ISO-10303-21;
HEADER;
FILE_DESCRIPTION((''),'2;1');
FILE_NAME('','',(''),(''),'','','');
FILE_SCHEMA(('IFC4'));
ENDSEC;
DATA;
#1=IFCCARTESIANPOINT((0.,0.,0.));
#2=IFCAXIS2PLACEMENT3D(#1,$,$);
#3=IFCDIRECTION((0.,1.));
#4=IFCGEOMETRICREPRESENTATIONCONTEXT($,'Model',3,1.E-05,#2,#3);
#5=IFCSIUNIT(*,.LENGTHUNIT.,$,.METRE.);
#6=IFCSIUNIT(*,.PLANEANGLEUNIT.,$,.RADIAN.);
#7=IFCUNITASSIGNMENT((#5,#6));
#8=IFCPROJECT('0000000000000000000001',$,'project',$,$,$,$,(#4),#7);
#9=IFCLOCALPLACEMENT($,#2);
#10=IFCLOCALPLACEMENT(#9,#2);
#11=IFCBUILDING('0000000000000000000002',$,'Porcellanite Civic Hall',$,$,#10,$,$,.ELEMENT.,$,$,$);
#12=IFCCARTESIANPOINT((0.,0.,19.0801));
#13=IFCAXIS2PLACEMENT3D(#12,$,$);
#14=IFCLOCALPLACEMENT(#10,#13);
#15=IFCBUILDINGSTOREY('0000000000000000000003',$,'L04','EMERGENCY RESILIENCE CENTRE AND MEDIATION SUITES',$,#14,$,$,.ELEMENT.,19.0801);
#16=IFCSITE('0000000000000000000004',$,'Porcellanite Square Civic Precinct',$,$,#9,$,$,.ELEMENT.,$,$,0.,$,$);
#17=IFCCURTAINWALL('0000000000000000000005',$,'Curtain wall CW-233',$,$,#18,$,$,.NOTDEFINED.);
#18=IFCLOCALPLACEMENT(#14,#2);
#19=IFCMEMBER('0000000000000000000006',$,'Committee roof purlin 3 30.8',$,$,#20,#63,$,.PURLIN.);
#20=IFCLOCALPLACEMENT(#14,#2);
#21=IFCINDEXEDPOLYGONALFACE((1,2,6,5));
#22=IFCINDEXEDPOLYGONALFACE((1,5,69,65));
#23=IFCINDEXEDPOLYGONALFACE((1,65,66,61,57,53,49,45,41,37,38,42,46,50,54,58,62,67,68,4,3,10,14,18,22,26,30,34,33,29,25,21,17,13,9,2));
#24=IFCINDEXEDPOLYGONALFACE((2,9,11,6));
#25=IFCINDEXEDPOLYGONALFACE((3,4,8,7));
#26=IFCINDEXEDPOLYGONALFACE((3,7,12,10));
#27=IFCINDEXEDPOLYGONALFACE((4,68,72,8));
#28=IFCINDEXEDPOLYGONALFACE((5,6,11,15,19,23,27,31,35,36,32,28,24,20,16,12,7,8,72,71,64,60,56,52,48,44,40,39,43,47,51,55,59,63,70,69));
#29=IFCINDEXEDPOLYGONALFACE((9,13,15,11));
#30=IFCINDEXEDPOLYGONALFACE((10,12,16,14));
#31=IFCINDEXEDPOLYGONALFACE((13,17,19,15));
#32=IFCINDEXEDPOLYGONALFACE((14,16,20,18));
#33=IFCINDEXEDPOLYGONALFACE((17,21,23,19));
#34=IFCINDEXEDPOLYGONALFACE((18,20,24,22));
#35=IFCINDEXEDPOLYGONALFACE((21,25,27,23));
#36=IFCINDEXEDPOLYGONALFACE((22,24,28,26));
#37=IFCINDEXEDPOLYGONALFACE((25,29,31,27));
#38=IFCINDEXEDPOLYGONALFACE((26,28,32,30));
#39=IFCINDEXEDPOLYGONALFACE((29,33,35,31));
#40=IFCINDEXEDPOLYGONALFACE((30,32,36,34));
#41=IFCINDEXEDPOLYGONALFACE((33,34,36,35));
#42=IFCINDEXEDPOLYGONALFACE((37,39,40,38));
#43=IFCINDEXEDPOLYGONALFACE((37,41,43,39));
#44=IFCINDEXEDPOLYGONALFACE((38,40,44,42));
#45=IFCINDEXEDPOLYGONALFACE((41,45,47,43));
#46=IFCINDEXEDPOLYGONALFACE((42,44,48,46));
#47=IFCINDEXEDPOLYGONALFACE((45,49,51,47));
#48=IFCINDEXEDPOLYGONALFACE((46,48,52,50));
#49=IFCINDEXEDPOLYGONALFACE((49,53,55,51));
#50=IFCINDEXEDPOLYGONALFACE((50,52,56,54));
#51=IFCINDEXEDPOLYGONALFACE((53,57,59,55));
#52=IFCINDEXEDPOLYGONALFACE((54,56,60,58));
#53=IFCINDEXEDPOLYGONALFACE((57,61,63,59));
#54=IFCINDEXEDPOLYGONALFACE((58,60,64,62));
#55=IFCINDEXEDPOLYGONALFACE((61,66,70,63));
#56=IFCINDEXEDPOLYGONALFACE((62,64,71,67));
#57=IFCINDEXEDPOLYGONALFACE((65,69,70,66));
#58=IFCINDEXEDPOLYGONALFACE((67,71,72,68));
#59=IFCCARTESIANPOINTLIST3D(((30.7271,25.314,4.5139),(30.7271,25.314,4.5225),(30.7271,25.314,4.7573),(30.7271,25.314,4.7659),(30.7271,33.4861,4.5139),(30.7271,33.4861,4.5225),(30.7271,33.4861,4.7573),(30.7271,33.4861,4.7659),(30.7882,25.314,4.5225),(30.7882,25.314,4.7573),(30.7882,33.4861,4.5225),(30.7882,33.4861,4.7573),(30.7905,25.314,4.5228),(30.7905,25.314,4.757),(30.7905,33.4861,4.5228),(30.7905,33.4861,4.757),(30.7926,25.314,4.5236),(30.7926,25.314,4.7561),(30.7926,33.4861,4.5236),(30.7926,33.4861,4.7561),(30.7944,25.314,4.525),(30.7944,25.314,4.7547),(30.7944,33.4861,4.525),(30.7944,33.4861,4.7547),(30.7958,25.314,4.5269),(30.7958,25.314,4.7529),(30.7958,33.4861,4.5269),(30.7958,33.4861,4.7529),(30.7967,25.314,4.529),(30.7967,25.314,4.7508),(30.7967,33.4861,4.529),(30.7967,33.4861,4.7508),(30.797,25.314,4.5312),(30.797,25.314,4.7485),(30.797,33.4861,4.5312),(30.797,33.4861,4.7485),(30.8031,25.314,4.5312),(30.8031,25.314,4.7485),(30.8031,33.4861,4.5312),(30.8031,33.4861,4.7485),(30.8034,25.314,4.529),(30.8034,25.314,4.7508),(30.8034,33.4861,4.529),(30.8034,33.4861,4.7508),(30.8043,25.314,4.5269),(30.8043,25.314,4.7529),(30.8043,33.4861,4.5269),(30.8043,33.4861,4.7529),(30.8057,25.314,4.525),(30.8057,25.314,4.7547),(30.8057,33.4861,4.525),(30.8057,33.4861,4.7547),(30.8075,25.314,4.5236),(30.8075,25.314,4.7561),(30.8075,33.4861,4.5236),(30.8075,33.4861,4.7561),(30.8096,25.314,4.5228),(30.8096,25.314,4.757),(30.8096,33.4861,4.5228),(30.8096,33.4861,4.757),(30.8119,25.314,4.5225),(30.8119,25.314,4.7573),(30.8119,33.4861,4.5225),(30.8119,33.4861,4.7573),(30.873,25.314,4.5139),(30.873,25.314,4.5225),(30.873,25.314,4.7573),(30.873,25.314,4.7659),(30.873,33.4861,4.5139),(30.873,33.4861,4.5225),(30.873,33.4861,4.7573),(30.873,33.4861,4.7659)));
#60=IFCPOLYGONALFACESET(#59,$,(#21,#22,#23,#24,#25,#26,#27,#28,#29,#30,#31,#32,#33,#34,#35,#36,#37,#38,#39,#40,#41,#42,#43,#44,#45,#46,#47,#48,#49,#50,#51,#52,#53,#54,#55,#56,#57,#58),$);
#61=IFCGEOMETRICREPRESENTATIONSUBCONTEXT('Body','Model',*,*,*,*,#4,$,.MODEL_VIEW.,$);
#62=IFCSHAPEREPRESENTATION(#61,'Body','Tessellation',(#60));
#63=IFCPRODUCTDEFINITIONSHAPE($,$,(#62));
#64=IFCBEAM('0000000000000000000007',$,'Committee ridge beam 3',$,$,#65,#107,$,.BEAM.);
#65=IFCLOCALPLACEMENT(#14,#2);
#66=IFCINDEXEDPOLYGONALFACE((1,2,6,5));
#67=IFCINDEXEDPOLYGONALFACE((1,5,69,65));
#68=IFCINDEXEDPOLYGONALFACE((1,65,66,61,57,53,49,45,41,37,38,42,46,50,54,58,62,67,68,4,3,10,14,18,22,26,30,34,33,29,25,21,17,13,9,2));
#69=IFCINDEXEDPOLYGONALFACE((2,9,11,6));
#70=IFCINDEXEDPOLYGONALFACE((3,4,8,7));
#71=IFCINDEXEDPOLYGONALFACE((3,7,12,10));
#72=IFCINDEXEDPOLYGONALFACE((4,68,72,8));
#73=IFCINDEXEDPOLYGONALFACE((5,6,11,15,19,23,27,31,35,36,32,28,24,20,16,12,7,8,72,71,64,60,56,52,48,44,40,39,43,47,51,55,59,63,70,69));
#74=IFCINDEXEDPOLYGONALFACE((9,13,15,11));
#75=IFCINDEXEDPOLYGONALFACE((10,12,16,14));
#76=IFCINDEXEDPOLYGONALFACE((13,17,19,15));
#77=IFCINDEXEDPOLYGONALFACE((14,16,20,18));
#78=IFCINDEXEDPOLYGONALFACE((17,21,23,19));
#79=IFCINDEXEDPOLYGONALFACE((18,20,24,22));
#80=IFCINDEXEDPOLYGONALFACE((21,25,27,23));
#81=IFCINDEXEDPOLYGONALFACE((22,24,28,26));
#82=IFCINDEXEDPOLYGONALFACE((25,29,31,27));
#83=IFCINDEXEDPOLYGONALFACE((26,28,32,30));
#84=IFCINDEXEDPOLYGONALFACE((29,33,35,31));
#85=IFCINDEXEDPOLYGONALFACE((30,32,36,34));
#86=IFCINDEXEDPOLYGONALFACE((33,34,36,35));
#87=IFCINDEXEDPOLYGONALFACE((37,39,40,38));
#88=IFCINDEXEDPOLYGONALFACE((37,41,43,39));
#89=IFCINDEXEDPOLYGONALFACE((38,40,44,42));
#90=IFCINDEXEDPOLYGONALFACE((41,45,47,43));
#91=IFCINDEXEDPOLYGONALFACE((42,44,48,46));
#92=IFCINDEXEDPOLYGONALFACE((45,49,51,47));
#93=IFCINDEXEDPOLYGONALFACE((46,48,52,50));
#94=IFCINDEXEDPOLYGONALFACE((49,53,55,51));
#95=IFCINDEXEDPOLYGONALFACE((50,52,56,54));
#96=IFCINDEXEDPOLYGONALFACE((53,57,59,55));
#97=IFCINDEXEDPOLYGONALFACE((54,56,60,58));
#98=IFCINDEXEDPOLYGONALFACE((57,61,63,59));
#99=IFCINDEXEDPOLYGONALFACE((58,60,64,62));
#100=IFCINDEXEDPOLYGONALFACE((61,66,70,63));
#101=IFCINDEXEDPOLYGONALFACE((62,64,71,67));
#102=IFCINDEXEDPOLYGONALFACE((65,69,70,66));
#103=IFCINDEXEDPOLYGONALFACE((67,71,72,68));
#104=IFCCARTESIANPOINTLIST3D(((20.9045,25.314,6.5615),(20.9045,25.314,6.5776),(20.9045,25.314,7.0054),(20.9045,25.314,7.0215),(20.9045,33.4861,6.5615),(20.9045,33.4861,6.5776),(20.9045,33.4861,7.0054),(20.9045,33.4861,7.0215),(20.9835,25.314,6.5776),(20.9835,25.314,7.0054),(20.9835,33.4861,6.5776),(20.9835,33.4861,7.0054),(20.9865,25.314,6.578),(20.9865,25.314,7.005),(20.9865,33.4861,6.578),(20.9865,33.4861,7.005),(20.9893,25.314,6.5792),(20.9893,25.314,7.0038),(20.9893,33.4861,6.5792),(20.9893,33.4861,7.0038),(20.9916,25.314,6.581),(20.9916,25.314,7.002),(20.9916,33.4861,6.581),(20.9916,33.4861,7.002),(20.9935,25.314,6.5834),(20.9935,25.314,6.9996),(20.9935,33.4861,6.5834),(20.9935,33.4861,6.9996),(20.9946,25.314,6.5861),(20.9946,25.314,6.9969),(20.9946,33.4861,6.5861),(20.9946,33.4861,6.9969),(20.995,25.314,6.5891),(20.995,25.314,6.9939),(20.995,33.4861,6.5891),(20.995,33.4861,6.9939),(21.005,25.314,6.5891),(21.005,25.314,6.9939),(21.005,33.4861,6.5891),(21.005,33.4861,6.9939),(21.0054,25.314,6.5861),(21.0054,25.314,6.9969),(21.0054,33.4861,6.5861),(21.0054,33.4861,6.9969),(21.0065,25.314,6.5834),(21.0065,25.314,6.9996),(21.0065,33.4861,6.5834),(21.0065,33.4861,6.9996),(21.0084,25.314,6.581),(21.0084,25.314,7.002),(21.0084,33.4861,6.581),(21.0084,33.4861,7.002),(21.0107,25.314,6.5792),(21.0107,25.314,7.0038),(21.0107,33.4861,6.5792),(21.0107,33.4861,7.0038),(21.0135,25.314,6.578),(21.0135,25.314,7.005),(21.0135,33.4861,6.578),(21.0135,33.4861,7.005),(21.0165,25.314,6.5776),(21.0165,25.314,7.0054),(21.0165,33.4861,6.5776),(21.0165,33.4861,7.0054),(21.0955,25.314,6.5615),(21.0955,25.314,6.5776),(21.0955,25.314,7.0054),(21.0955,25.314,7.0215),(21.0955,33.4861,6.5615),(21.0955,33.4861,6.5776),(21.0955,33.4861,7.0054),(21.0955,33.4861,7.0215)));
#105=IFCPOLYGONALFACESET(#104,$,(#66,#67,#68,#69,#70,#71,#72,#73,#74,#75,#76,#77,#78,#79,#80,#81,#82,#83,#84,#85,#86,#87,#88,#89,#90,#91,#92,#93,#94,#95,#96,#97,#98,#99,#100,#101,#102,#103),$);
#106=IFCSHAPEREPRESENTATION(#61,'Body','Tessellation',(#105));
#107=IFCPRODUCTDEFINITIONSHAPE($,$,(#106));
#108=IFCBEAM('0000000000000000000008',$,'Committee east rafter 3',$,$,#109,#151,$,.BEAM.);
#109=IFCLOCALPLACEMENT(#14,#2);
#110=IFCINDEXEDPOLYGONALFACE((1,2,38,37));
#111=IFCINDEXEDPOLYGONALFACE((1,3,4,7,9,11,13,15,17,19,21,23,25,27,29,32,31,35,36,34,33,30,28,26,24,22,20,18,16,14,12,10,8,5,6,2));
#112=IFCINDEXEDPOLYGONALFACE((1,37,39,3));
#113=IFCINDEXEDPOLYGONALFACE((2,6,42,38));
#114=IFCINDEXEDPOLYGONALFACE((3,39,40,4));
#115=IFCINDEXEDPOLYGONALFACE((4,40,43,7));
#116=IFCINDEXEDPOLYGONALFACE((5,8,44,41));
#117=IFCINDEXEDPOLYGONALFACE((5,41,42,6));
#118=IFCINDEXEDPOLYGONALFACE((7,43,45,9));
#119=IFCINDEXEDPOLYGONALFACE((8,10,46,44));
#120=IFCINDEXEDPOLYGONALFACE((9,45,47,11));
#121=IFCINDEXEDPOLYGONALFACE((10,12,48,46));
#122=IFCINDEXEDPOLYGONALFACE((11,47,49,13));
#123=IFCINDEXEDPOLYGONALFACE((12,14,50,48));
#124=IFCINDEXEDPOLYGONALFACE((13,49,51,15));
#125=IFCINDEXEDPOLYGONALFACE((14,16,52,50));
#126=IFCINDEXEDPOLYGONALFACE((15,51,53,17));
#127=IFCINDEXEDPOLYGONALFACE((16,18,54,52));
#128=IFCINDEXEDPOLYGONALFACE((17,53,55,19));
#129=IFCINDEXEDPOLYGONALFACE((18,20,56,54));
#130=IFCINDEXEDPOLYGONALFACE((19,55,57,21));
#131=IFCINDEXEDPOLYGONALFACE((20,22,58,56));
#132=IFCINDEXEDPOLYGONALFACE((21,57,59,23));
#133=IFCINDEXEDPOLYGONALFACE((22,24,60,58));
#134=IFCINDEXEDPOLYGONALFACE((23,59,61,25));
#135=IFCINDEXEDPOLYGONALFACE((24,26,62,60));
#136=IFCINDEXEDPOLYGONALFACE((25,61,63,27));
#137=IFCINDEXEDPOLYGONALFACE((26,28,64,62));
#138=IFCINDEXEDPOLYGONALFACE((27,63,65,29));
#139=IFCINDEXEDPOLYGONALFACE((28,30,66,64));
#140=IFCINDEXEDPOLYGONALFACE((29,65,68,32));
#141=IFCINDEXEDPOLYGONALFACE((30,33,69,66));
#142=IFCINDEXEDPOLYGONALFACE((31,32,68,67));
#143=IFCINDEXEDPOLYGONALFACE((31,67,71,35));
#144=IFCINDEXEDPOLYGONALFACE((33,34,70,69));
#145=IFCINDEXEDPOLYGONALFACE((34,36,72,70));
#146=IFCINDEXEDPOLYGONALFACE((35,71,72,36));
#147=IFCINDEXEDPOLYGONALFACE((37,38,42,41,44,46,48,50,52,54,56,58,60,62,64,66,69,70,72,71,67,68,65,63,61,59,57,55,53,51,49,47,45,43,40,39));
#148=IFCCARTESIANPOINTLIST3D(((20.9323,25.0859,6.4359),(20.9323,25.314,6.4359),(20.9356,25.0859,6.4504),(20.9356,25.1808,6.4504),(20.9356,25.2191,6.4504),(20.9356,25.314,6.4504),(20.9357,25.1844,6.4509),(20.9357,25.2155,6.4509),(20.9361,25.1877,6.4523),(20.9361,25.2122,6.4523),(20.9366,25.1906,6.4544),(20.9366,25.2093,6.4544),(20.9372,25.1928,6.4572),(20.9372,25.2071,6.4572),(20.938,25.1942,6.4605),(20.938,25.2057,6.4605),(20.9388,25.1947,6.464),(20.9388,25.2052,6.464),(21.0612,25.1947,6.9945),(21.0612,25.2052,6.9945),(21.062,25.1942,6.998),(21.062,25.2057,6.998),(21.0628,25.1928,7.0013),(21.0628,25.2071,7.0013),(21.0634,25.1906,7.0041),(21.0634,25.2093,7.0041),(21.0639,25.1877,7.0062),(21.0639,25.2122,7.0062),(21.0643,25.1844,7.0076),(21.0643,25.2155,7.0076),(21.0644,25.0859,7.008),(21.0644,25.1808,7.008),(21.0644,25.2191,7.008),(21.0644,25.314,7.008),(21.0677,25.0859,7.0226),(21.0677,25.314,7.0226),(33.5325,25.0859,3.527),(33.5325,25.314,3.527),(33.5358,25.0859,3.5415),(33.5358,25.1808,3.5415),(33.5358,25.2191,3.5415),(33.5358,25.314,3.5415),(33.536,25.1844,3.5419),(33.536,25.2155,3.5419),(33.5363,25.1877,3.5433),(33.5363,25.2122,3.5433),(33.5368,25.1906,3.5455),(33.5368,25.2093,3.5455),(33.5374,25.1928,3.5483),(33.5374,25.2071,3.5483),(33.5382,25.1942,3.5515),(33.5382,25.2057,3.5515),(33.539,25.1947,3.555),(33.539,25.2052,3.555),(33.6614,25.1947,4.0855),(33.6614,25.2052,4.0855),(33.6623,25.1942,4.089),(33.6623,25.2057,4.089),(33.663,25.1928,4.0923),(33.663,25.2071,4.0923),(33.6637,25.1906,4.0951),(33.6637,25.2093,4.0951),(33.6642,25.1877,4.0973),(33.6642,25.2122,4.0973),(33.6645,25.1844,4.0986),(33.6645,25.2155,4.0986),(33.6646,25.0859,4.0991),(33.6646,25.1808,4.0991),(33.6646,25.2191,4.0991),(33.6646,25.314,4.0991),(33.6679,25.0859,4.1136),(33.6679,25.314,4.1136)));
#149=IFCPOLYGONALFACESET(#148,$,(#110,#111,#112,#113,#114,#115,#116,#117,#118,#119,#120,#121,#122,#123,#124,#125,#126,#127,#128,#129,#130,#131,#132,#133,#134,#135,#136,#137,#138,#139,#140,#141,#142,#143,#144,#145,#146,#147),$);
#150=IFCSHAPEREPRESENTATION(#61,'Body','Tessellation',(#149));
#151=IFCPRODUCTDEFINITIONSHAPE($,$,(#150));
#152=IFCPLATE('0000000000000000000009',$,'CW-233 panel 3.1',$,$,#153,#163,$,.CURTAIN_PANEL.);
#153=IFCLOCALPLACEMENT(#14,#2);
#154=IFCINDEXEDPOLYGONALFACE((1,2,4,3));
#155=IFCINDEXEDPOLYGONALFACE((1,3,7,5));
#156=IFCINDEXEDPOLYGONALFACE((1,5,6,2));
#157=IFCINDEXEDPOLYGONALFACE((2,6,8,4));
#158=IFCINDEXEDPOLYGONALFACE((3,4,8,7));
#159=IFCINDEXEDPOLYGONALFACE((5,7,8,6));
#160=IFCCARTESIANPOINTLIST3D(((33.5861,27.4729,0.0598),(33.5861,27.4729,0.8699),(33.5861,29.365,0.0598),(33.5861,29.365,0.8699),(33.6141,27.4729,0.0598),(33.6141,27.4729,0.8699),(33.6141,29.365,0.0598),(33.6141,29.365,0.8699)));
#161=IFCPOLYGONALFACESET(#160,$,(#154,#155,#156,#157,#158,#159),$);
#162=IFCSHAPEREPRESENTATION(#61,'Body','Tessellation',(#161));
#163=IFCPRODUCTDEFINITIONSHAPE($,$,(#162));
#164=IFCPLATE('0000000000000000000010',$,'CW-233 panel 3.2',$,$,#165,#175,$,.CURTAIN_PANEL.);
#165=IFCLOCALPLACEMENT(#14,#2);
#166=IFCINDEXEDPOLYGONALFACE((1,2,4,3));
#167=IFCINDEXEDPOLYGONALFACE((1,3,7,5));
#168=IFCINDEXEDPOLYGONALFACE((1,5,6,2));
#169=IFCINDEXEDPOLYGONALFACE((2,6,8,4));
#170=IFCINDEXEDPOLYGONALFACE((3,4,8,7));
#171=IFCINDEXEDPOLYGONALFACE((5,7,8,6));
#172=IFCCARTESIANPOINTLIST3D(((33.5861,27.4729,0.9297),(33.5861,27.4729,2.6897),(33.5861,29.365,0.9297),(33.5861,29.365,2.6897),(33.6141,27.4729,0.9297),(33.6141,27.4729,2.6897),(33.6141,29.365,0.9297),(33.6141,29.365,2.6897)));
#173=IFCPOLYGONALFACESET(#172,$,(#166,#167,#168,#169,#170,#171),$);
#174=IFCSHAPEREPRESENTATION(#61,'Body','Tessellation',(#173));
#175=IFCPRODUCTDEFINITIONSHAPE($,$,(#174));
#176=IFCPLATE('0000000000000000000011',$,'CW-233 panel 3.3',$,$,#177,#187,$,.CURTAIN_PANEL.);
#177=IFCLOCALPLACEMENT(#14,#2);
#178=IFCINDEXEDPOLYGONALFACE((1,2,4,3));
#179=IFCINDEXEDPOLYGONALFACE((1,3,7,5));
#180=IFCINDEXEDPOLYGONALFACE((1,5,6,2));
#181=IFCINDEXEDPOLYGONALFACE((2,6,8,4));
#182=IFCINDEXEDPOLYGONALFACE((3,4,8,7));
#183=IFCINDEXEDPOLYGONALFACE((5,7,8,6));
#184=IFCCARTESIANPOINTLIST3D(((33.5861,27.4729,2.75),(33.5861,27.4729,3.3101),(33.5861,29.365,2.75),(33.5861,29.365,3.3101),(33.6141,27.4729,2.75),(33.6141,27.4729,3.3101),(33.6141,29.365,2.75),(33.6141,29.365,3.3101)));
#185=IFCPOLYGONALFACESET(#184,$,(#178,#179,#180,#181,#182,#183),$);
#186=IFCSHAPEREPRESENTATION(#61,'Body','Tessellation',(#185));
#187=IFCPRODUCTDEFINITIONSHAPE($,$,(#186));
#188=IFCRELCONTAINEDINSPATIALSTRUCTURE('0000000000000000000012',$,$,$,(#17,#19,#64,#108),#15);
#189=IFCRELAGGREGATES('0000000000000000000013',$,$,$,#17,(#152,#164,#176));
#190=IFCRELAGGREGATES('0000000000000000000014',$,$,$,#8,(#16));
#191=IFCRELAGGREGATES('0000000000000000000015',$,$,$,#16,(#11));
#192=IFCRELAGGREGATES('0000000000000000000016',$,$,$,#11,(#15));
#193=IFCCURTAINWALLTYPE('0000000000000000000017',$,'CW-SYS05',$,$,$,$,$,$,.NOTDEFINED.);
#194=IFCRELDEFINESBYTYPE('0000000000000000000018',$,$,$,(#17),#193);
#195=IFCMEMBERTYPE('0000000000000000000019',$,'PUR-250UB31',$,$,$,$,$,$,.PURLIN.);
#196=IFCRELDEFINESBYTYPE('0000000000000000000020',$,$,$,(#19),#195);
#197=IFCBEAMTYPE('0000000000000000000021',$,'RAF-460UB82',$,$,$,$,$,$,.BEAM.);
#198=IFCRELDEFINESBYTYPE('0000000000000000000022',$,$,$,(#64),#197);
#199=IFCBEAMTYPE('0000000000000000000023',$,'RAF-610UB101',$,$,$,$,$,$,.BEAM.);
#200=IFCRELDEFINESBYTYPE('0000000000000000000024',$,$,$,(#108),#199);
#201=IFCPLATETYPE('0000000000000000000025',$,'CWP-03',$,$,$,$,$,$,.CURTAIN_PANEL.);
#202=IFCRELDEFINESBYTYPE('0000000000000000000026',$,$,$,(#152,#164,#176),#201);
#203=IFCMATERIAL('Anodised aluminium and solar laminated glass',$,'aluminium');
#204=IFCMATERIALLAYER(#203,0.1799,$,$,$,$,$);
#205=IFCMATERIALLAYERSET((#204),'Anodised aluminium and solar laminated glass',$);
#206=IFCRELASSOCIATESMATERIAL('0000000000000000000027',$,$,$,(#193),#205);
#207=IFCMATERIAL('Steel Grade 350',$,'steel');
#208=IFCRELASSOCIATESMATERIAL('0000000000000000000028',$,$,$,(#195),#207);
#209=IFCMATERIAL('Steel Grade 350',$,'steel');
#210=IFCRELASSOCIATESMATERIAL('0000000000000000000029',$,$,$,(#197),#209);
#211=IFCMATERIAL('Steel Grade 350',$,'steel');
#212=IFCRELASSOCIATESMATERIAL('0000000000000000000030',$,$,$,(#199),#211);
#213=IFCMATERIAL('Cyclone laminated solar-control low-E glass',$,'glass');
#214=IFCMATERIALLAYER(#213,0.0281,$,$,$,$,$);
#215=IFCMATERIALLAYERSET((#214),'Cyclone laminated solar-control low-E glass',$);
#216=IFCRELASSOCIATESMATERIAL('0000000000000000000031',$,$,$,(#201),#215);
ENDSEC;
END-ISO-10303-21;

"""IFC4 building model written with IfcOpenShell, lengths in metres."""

from ifc_helpers import new_model, si_unit, direction, frame, origin, origin_2d, place, context, subcontext, project, spatial, rectangle, i_section, extrude, material, layer, layer_set, material_profile, profile_set, type_object, element, aggregate, save


model = new_model("IFC4")

# Units and contexts
model_context = context("Model", 3, precision=1e-05, world=origin(), true_north=direction((0.0, 1.0)))
body_context = subcontext(model_context, "Body", "Model", "MODEL_VIEW")
ifc_project = project(units=[si_unit("LENGTHUNIT", "METRE"), si_unit("PLANEANGLEUNIT", "RADIAN")], contexts=[model_context])

# Site, building, storey
site_placement = place(None, origin())
site = spatial("IfcSite", under=ifc_project, at=site_placement, Name="Porcellanite Square Civic Precinct", CompositionType="ELEMENT", RefElevation=0.0)
building_placement = place(site_placement, origin())
building = spatial("IfcBuilding", under=site, at=building_placement, Name="Porcellanite Civic Hall", CompositionType="ELEMENT")
storey_placement = place(building_placement, frame((0.0, 0.0, 19.0801)))
storey = spatial("IfcBuildingStorey", under=building, at=storey_placement, Name="L04", Description="EMERGENCY RESILIENCE CENTRE AND MEDIATION SUITES", CompositionType="ELEMENT", Elevation=19.0801)

# Curtain wall
ifc_material_1 = material(Name="Anodised aluminium and solar laminated glass", Category="aluminium")
ifc_layer_1 = layer(ifc_material_1, 0.1799)
ifc_layer_set_1 = layer_set([ifc_layer_1], Name="Anodised aluminium and solar laminated glass")
curtain_wall_type = type_object("IfcCurtainWallType", Name="CW-SYS05", PredefinedType="NOTDEFINED", material=ifc_layer_set_1)
curtain_wall_placement = place(storey_placement, origin())
curtain_wall = element("IfcCurtainWall", 1, at=curtain_wall_placement, inside=storey, type_object=curtain_wall_type, Name="Curtain wall CW-233", PredefinedType="NOTDEFINED")

# Member
ifc_material_2 = material(Name="Steel Grade 350", Category="steel")
ifc_material_profile_1 = material_profile(ifc_material_2, i_section(OverallWidth=0.146, OverallDepth=0.252, WebThickness=0.0061, FlangeThickness=0.0085, FilletRadius=0.0088, at=origin_2d()), Name="250UB31.4")
ifc_profile_set_1 = profile_set([ifc_material_profile_1], Name="Steel Grade 350")
member_type_1 = type_object("IfcMemberType", Name="PUR-250UB31", PredefinedType="PURLIN", material=ifc_profile_set_1)
for number, where, z_axis, x_axis, name in (
    (2, (30.8, 25.314, 4.6399), (0.0, 1.0, 0.0), (-1.0, 0.0, 0.0), "Committee roof purlin 3 30.8"),
):
    element("IfcMember", number, at=place(storey_placement, frame(where, z_axis=z_axis, x_axis=x_axis)), inside=storey, type_object=member_type_1, Name=name, PredefinedType="PURLIN", context=body_context, shape_type="SweptSolid", body=[
        extrude(i_section(OverallWidth=0.146, OverallDepth=0.252, WebThickness=0.0061, FlangeThickness=0.0085, FilletRadius=0.0088, at=origin_2d()), origin(), (0.0, 0.0, 1.0), 8.1721),
    ])

# Beams
ifc_material_3 = material(Name="Steel Grade 350", Category="steel")
ifc_material_profile_2 = material_profile(ifc_material_3, i_section(OverallWidth=0.1909, OverallDepth=0.46, WebThickness=0.01, FlangeThickness=0.0161, FilletRadius=0.0115, at=origin_2d()), Name="460UB82.1")
ifc_profile_set_2 = profile_set([ifc_material_profile_2], Name="Steel Grade 350")
beam_type_1 = type_object("IfcBeamType", Name="RAF-460UB82", PredefinedType="BEAM", material=ifc_profile_set_2)
beam_1_placement = place(storey_placement, frame((21.0, 25.314, 6.7915), z_axis=(0.0, 1.0, 0.0), x_axis=(-1.0, 0.0, 0.0)))
element("IfcBeam", 3, at=beam_1_placement, inside=storey, type_object=beam_type_1, Name="Committee ridge beam 3", PredefinedType="BEAM", context=body_context, shape_type="SweptSolid", body=[
    extrude(i_section(OverallWidth=0.1909, OverallDepth=0.46, WebThickness=0.01, FlangeThickness=0.0161, FilletRadius=0.0115, at=origin_2d()), origin(), (0.0, 0.0, 1.0), 8.1721),
])
ifc_material_4 = material(Name="Steel Grade 350", Category="steel")
ifc_material_profile_3 = material_profile(ifc_material_4, i_section(OverallWidth=0.228, OverallDepth=0.6021, WebThickness=0.0105, FlangeThickness=0.0149, FilletRadius=0.0139, at=origin_2d()), Name="610UB101")
ifc_profile_set_3 = profile_set([ifc_material_profile_3], Name="Steel Grade 350")
beam_type_2 = type_object("IfcBeamType", Name="RAF-610UB101", PredefinedType="BEAM", material=ifc_profile_set_3)
beam_2_placement = place(storey_placement, frame((21.0, 25.2, 6.7292), z_axis=(0.974371, 0.0, -0.224949), x_axis=(0.0, 1.0, 0.0)))
element("IfcBeam", 4, at=beam_2_placement, inside=storey, type_object=beam_type_2, Name="Committee east rafter 3", PredefinedType="BEAM", context=body_context, shape_type="SweptSolid", body=[
    extrude(i_section(OverallWidth=0.228, OverallDepth=0.6021, WebThickness=0.0105, FlangeThickness=0.0149, FilletRadius=0.0139, at=origin_2d()), origin(), (0.0, 0.0, 1.0), 12.9316),
])

# Plates
ifc_material_5 = material(Name="Cyclone laminated solar-control low-E glass", Category="glass")
ifc_layer_2 = layer(ifc_material_5, 0.0281)
ifc_layer_set_2 = layer_set([ifc_layer_2], Name="Cyclone laminated solar-control low-E glass")
plate_type_1 = type_object("IfcPlateType", Name="CWP-03", PredefinedType="CURTAIN_PANEL", material=ifc_layer_set_2)
plate_1_placement = place(storey_placement, frame((33.6001, 28.4189, 0.0598), z_axis=(0.0, 0.0, 1.0), x_axis=(0.0, -1.0, 0.0)))
plate_1 = element("IfcPlate", 5, at=plate_1_placement, type_object=plate_type_1, Name="CW-233 panel 3.1", PredefinedType="CURTAIN_PANEL", context=body_context, shape_type="SweptSolid", body=[
    extrude(rectangle(XDim=1.8921, YDim=0.0281, at=origin_2d()), origin(), (0.0, 0.0, 1.0), 0.8101),
])
plate_2_placement = place(storey_placement, frame((33.6001, 28.4189, 0.9297), z_axis=(0.0, 0.0, 1.0), x_axis=(0.0, -1.0, 0.0)))
plate_2 = element("IfcPlate", 6, at=plate_2_placement, type_object=plate_type_1, Name="CW-233 panel 3.2", PredefinedType="CURTAIN_PANEL", context=body_context, shape_type="SweptSolid", body=[
    extrude(rectangle(XDim=1.8921, YDim=0.0281, at=origin_2d()), origin(), (0.0, 0.0, 1.0), 1.76),
])
plate_3_placement = place(storey_placement, frame((33.6001, 28.4189, 2.75), z_axis=(0.0, 0.0, 1.0), x_axis=(0.0, -1.0, 0.0)))
plate_3 = element("IfcPlate", 7, at=plate_3_placement, type_object=plate_type_1, Name="CW-233 panel 3.3", PredefinedType="CURTAIN_PANEL", context=body_context, shape_type="SweptSolid", body=[
    extrude(rectangle(XDim=1.8921, YDim=0.0281, at=origin_2d()), origin(), (0.0, 0.0, 1.0), 0.5601),
])
aggregate(curtain_wall, [plate_1, plate_2, plate_3])

save(model, "model.ifc")
